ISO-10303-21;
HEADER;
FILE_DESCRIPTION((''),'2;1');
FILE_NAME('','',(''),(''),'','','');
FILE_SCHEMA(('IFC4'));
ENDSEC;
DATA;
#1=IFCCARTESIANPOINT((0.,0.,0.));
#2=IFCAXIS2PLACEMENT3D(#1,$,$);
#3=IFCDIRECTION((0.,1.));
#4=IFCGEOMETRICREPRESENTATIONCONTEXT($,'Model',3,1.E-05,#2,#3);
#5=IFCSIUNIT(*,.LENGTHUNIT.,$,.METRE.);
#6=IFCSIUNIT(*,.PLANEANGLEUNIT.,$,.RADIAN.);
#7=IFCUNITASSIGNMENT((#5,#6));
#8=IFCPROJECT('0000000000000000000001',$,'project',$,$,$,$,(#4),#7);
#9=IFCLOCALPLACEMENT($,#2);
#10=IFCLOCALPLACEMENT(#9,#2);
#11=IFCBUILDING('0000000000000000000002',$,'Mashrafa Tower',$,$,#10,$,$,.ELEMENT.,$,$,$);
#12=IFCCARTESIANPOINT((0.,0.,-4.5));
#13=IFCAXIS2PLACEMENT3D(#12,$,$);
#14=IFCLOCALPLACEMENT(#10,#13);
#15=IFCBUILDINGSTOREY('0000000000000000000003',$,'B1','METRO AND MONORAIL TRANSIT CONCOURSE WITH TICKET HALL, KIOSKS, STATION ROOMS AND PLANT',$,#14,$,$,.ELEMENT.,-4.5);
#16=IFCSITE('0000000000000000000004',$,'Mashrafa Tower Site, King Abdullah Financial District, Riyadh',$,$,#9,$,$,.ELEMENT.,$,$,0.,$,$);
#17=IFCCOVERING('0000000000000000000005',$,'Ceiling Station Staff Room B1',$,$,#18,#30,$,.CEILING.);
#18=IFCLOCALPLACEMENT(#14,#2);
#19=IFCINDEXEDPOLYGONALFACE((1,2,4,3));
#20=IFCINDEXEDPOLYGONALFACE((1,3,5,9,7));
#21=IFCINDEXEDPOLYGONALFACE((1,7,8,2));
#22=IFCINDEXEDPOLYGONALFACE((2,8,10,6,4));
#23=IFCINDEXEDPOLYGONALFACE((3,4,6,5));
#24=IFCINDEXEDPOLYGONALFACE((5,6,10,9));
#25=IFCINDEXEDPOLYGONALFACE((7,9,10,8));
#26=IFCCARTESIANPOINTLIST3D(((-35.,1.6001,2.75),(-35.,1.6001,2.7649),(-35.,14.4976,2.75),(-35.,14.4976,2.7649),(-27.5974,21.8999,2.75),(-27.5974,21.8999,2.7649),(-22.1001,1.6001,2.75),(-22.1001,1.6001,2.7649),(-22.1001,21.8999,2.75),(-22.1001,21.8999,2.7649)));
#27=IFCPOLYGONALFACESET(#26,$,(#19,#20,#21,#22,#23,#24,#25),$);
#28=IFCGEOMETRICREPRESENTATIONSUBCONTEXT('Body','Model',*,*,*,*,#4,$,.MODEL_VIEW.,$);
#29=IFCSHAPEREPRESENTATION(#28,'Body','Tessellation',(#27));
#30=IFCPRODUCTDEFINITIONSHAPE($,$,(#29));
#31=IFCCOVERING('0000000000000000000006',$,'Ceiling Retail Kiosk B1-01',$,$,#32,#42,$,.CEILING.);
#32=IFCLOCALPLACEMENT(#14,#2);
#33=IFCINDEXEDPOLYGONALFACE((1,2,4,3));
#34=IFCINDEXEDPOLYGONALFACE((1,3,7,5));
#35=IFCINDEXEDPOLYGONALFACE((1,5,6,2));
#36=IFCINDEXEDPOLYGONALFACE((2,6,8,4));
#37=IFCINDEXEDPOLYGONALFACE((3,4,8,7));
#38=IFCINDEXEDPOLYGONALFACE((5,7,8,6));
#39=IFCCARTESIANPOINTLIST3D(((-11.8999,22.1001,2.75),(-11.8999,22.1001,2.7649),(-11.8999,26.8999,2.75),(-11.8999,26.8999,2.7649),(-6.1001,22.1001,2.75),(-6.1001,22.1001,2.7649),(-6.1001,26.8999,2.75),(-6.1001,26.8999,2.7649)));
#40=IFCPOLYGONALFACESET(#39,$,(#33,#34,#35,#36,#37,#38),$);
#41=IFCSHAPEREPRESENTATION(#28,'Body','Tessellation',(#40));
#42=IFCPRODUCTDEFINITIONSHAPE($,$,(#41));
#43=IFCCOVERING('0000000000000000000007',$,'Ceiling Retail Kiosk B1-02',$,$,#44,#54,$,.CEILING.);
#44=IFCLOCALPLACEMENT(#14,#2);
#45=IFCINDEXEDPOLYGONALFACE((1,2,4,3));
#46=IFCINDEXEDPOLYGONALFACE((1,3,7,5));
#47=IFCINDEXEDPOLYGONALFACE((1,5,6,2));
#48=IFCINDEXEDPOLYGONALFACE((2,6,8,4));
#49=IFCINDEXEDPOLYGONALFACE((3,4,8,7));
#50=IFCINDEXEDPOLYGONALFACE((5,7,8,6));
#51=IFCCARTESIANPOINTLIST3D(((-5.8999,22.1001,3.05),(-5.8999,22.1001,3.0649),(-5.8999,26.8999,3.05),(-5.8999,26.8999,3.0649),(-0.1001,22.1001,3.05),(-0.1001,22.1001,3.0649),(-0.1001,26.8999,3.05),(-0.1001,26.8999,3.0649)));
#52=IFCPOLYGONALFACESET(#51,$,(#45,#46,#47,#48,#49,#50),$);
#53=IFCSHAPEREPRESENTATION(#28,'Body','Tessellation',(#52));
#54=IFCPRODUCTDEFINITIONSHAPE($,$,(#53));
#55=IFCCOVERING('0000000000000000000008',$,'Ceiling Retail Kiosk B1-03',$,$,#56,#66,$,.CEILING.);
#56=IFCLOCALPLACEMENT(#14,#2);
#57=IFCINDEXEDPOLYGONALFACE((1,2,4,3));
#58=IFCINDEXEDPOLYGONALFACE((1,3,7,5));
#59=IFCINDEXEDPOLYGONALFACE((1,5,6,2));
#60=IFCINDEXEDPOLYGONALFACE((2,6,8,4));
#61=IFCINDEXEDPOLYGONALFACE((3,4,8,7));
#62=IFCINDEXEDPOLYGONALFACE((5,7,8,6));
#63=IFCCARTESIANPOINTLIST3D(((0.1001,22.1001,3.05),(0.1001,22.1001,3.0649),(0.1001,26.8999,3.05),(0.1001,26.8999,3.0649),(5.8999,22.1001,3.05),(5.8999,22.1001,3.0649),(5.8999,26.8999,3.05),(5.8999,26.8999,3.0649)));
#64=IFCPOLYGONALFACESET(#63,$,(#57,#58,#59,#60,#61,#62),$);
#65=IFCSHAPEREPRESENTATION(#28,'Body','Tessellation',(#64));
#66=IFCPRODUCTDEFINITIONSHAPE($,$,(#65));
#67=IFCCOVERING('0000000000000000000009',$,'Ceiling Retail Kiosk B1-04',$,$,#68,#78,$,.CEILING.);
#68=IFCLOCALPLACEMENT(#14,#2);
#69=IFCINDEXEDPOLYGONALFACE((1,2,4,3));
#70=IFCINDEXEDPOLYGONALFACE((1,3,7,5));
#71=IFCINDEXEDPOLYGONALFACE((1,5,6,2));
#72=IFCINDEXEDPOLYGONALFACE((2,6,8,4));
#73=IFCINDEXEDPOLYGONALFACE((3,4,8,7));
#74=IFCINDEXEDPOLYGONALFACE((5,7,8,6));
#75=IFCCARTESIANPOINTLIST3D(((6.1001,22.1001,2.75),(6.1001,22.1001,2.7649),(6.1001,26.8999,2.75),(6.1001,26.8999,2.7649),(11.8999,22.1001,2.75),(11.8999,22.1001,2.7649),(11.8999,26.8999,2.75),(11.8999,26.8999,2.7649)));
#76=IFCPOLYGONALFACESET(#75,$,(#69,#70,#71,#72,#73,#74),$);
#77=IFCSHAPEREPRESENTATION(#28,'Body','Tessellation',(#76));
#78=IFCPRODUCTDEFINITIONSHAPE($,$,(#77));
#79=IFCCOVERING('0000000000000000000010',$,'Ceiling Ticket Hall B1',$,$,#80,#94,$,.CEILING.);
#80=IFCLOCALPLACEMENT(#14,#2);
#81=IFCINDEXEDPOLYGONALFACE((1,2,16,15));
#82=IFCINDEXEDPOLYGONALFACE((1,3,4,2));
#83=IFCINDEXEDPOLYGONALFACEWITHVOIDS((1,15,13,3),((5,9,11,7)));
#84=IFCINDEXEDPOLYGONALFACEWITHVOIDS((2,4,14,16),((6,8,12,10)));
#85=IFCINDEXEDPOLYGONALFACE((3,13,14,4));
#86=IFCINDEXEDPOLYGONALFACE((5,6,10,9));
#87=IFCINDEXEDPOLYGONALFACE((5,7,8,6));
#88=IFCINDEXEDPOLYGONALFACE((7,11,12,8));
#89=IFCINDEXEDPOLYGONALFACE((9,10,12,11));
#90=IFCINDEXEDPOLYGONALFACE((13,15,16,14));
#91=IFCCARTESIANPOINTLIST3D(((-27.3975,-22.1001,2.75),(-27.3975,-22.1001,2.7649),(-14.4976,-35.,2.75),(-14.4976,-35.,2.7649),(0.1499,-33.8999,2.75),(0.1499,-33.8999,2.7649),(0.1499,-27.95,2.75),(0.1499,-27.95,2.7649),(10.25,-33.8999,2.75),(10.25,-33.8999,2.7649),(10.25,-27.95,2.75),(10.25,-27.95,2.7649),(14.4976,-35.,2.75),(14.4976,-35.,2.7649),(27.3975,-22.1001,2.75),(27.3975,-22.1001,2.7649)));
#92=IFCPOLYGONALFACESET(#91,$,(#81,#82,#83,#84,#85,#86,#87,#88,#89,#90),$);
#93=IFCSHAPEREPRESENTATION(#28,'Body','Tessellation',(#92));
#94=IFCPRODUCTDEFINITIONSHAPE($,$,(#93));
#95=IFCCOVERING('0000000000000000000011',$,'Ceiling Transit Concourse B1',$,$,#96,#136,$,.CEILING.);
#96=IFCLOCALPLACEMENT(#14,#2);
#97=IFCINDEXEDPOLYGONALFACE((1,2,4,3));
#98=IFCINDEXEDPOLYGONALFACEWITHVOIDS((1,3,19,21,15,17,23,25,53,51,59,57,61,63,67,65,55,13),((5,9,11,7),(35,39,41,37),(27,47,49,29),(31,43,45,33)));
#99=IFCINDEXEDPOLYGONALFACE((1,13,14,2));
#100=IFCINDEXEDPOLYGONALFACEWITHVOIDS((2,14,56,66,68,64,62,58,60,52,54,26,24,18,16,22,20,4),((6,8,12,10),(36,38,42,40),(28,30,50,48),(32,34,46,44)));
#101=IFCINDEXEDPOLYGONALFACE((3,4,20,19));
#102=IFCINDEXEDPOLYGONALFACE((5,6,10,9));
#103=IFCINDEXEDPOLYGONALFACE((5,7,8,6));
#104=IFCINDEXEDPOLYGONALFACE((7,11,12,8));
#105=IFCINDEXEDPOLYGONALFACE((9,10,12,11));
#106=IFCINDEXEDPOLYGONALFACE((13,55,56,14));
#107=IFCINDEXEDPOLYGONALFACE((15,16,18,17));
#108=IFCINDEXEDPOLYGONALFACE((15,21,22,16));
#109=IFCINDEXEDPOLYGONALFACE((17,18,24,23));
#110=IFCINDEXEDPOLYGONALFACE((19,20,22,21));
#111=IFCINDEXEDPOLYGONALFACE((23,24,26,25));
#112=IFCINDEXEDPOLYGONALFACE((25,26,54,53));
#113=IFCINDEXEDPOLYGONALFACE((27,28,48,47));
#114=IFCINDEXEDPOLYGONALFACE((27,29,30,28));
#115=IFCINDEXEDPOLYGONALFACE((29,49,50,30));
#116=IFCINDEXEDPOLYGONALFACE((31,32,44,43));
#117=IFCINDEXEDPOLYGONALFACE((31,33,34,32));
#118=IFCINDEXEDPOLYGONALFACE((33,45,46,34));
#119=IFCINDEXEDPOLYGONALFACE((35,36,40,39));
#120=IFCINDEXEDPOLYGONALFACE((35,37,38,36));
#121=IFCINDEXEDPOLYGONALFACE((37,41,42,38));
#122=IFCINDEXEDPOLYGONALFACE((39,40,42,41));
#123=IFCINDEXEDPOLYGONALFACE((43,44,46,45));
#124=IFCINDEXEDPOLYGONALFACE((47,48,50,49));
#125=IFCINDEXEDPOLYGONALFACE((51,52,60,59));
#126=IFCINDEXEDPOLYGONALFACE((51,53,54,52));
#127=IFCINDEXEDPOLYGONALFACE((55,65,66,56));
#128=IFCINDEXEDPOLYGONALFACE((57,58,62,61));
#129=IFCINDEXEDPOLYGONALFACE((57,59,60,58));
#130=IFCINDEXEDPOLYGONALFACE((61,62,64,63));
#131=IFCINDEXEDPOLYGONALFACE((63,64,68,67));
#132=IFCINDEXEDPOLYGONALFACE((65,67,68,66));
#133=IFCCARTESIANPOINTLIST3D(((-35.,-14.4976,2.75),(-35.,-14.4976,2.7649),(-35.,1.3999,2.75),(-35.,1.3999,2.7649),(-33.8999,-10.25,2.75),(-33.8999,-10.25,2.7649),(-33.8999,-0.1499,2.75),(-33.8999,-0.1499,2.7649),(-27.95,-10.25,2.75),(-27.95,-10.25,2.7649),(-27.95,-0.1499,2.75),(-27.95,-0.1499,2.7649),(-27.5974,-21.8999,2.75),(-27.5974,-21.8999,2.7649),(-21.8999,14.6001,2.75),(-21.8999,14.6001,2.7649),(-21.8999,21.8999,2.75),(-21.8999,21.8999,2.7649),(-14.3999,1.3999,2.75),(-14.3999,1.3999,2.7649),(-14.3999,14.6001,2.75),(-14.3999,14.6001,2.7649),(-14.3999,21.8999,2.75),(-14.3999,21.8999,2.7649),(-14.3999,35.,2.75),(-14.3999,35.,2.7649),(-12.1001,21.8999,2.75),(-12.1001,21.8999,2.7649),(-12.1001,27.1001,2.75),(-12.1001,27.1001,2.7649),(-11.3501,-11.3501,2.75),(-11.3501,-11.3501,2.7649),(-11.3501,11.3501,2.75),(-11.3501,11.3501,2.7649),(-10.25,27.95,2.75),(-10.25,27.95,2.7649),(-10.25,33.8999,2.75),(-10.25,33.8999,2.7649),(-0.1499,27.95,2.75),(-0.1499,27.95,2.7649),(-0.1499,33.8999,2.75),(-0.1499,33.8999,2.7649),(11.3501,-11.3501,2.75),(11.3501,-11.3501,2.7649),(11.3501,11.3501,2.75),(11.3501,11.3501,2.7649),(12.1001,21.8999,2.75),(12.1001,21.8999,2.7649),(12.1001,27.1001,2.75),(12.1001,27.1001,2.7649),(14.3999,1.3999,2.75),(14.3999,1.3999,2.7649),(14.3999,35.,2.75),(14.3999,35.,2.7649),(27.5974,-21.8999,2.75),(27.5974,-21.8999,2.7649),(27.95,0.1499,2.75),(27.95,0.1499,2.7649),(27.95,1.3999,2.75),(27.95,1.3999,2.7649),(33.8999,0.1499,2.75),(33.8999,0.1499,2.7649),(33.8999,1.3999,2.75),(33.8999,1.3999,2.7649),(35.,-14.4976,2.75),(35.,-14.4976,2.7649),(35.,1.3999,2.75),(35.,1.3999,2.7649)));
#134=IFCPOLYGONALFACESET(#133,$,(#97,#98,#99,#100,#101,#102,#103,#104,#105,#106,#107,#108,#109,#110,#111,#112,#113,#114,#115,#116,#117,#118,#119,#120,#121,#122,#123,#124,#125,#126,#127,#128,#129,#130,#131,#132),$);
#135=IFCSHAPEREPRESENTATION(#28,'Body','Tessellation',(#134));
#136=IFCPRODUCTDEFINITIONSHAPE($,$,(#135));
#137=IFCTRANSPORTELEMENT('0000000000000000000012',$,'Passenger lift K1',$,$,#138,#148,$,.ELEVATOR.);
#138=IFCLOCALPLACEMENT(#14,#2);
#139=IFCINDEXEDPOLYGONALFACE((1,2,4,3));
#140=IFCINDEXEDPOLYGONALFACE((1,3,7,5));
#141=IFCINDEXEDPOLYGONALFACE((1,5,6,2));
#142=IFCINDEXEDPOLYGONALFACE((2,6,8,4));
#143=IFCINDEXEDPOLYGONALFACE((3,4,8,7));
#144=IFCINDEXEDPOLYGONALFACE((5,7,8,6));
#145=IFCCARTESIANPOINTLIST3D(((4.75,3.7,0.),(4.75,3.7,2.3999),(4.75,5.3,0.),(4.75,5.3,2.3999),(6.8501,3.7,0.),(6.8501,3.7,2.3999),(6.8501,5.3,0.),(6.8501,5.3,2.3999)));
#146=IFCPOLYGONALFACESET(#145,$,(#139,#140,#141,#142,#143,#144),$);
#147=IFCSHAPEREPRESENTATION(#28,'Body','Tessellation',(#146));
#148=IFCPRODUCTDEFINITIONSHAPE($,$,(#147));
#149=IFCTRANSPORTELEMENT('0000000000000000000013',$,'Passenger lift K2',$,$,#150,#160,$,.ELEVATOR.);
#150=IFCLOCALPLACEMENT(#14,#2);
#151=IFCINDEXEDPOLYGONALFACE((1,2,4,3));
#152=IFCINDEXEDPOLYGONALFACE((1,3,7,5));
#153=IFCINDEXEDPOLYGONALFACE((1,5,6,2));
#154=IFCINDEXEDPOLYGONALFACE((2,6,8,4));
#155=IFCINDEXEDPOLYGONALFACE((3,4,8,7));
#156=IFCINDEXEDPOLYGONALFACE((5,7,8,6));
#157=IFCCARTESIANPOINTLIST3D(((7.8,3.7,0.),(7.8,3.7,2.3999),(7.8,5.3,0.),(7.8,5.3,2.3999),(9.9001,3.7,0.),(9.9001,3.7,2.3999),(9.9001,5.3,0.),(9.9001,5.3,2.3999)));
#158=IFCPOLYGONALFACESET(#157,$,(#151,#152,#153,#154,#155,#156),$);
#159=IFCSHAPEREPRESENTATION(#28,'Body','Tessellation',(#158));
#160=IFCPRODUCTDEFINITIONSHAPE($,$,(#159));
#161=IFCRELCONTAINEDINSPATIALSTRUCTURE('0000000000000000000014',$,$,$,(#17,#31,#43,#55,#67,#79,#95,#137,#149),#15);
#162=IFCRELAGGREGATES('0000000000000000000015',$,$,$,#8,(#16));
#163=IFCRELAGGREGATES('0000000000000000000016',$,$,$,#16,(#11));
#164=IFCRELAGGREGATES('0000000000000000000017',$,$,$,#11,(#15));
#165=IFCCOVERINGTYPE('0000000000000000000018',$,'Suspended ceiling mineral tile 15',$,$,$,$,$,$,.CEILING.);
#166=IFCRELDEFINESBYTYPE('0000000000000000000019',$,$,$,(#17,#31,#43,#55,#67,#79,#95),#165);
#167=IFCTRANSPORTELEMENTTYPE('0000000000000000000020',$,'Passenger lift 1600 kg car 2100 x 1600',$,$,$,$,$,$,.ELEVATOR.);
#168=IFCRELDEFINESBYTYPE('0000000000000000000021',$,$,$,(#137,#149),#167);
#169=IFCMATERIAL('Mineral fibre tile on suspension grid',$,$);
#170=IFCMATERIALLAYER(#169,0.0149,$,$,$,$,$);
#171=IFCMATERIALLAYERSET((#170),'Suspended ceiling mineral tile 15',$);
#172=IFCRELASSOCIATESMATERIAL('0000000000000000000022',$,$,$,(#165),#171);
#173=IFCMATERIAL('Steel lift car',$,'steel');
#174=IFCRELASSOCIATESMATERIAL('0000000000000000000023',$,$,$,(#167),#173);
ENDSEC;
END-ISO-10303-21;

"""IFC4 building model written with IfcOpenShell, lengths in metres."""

from ifc_helpers import new_model, si_unit, direction, frame, origin, origin_2d, place, context, subcontext, project, spatial, polyline, rectangle, outline, extrude, material, layer, layer_set, type_object, element, save


model = new_model("IFC4")

# Units and contexts
model_context = context("Model", 3, precision=1e-05, world=origin(), true_north=direction((0.0, 1.0)))
body_context = subcontext(model_context, "Body", "Model", "MODEL_VIEW")
ifc_project = project(units=[si_unit("LENGTHUNIT", "METRE"), si_unit("PLANEANGLEUNIT", "RADIAN")], contexts=[model_context])

# Site, building, storey
site_placement = place(None, origin())
site = spatial("IfcSite", under=ifc_project, at=site_placement, Name="Mashrafa Tower Site, King Abdullah Financial District, Riyadh", CompositionType="ELEMENT", RefElevation=0.0)
building_placement = place(site_placement, origin())
building = spatial("IfcBuilding", under=site, at=building_placement, Name="Mashrafa Tower", CompositionType="ELEMENT")
storey_placement = place(building_placement, frame((0.0, 0.0, -4.5)))
storey = spatial("IfcBuildingStorey", under=building, at=storey_placement, Name="B1", Description="METRO AND MONORAIL TRANSIT CONCOURSE WITH TICKET HALL, KIOSKS, STATION ROOMS AND PLANT", CompositionType="ELEMENT", Elevation=-4.5)

# Coverings
ifc_material_1 = material(Name="Mineral fibre tile on suspension grid")
ifc_layer_1 = layer(ifc_material_1, 0.0149)
ifc_layer_set_1 = layer_set([ifc_layer_1], Name="Suspended ceiling mineral tile 15")
covering_type = type_object("IfcCoveringType", Name="Suspended ceiling mineral tile 15", PredefinedType="CEILING", material=ifc_layer_set_1)
covering_1_placement = place(storey_placement, frame((0.0, 0.0, 2.75)))
element("IfcCovering", 1, at=covering_1_placement, inside=storey, type_object=covering_type, Name="Ceiling Station Staff Room B1", PredefinedType="CEILING", context=body_context, shape_type="SweptSolid", body=[
    extrude(outline(polyline([(-27.5974, 21.8999), (-22.1001, 21.8999), (-22.1001, 1.6001), (-35.0, 1.6001), (-35.0, 14.4976), (-27.5974, 21.8999)])), origin(), (0.0, 0.0, 1.0), 0.0149),
])
covering_2_placement = place(storey_placement, frame((0.0, 0.0, 2.75)))
element("IfcCovering", 2, at=covering_2_placement, inside=storey, type_object=covering_type, Name="Ceiling Retail Kiosk B1-01", PredefinedType="CEILING", context=body_context, shape_type="SweptSolid", body=[
    extrude(outline(polyline([(-11.8999, 22.1001), (-11.8999, 26.8999), (-6.1001, 26.8999), (-6.1001, 22.1001), (-11.8999, 22.1001)])), origin(), (0.0, 0.0, 1.0), 0.0149),
])
covering_3_placement = place(storey_placement, frame((0.0, 0.0, 3.05)))
element("IfcCovering", 3, at=covering_3_placement, inside=storey, type_object=covering_type, Name="Ceiling Retail Kiosk B1-02", PredefinedType="CEILING", context=body_context, shape_type="SweptSolid", body=[
    extrude(outline(polyline([(-5.8999, 22.1001), (-5.8999, 26.8999), (-0.1001, 26.8999), (-0.1001, 22.1001), (-5.8999, 22.1001)])), origin(), (0.0, 0.0, 1.0), 0.0149),
])
covering_4_placement = place(storey_placement, frame((0.0, 0.0, 3.05)))
element("IfcCovering", 4, at=covering_4_placement, inside=storey, type_object=covering_type, Name="Ceiling Retail Kiosk B1-03", PredefinedType="CEILING", context=body_context, shape_type="SweptSolid", body=[
    extrude(outline(polyline([(0.1001, 22.1001), (0.1001, 26.8999), (5.8999, 26.8999), (5.8999, 22.1001), (0.1001, 22.1001)])), origin(), (0.0, 0.0, 1.0), 0.0149),
])
covering_5_placement = place(storey_placement, frame((0.0, 0.0, 2.75)))
element("IfcCovering", 5, at=covering_5_placement, inside=storey, type_object=covering_type, Name="Ceiling Retail Kiosk B1-04", PredefinedType="CEILING", context=body_context, shape_type="SweptSolid", body=[
    extrude(outline(polyline([(6.1001, 22.1001), (6.1001, 26.8999), (11.8999, 26.8999), (11.8999, 22.1001), (6.1001, 22.1001)])), origin(), (0.0, 0.0, 1.0), 0.0149),
])
covering_6_placement = place(storey_placement, frame((0.0, 0.0, 2.75)))
element("IfcCovering", 6, at=covering_6_placement, inside=storey, type_object=covering_type, Name="Ceiling Ticket Hall B1", PredefinedType="CEILING", context=body_context, shape_type="SweptSolid", body=[
    extrude(outline(polyline([(27.3975, -22.1001), (14.4976, -35.0), (-14.4976, -35.0), (-27.3975, -22.1001), (27.3975, -22.1001)]), holes=[polyline([(0.1499, -27.95), (0.1499, -33.8999), (10.25, -33.8999), (10.25, -27.95), (0.1499, -27.95)])]), origin(), (0.0, 0.0, 1.0), 0.0149),
])
covering_7_placement = place(storey_placement, frame((0.0, 0.0, 2.75)))
element("IfcCovering", 7, at=covering_7_placement, inside=storey, type_object=covering_type, Name="Ceiling Transit Concourse B1", PredefinedType="CEILING", context=body_context, shape_type="SweptSolid", body=[
    extrude(outline(polyline([(-27.5974, -21.8999), (-35.0, -14.4976), (-35.0, 1.3999), (-14.3999, 1.3999), (-14.3999, 14.6001), (-21.8999, 14.6001), (-21.8999, 21.8999), (-14.3999, 21.8999), (-14.3999, 35.0), (14.3999, 35.0), (14.3999, 1.3999), (27.95, 1.3999), (27.95, 0.1499), (33.8999, 0.1499), (33.8999, 1.3999), (35.0, 1.3999), (35.0, -14.4976), (27.5974, -21.8999), (-27.5974, -21.8999)]), holes=[polyline([(12.1001, 27.1001), (-12.1001, 27.1001), (-12.1001, 21.8999), (12.1001, 21.8999), (12.1001, 27.1001)]), polyline([(-11.3501, -11.3501), (11.3501, -11.3501), (11.3501, 11.3501), (-11.3501, 11.3501), (-11.3501, -11.3501)]), polyline([(-10.25, 27.95), (-0.1499, 27.95), (-0.1499, 33.8999), (-10.25, 33.8999), (-10.25, 27.95)]), polyline([(-33.8999, -0.1499), (-33.8999, -10.25), (-27.95, -10.25), (-27.95, -0.1499), (-33.8999, -0.1499)])]), origin(), (0.0, 0.0, 1.0), 0.0149),
])

# Transport elements
ifc_material_2 = material(Name="Steel lift car", Category="steel")
transport_element_type = type_object("IfcTransportElementType", Name="Passenger lift 1600 kg car 2100 x 1600", PredefinedType="ELEVATOR", material=ifc_material_2)
for number, where, z_axis, x_axis, name in (
    (8, (5.8, 4.5, 0.0), (0.0, 0.0, 1.0), (1.0, 0.0, 0.0), "Passenger lift K1"),
    (9, (8.8501, 4.5, 0.0), (0.0, 0.0, 1.0), (1.0, 0.0, 0.0), "Passenger lift K2"),
):
    element("IfcTransportElement", number, at=place(storey_placement, frame(where, z_axis=z_axis, x_axis=x_axis)), inside=storey, type_object=transport_element_type, Name=name, PredefinedType="ELEVATOR", context=body_context, shape_type="SweptSolid", body=[
        extrude(rectangle(XDim=2.1001, YDim=1.6001, at=origin_2d()), origin(), (0.0, 0.0, 1.0), 2.3999),
    ])

save(model, "model.ifc")
